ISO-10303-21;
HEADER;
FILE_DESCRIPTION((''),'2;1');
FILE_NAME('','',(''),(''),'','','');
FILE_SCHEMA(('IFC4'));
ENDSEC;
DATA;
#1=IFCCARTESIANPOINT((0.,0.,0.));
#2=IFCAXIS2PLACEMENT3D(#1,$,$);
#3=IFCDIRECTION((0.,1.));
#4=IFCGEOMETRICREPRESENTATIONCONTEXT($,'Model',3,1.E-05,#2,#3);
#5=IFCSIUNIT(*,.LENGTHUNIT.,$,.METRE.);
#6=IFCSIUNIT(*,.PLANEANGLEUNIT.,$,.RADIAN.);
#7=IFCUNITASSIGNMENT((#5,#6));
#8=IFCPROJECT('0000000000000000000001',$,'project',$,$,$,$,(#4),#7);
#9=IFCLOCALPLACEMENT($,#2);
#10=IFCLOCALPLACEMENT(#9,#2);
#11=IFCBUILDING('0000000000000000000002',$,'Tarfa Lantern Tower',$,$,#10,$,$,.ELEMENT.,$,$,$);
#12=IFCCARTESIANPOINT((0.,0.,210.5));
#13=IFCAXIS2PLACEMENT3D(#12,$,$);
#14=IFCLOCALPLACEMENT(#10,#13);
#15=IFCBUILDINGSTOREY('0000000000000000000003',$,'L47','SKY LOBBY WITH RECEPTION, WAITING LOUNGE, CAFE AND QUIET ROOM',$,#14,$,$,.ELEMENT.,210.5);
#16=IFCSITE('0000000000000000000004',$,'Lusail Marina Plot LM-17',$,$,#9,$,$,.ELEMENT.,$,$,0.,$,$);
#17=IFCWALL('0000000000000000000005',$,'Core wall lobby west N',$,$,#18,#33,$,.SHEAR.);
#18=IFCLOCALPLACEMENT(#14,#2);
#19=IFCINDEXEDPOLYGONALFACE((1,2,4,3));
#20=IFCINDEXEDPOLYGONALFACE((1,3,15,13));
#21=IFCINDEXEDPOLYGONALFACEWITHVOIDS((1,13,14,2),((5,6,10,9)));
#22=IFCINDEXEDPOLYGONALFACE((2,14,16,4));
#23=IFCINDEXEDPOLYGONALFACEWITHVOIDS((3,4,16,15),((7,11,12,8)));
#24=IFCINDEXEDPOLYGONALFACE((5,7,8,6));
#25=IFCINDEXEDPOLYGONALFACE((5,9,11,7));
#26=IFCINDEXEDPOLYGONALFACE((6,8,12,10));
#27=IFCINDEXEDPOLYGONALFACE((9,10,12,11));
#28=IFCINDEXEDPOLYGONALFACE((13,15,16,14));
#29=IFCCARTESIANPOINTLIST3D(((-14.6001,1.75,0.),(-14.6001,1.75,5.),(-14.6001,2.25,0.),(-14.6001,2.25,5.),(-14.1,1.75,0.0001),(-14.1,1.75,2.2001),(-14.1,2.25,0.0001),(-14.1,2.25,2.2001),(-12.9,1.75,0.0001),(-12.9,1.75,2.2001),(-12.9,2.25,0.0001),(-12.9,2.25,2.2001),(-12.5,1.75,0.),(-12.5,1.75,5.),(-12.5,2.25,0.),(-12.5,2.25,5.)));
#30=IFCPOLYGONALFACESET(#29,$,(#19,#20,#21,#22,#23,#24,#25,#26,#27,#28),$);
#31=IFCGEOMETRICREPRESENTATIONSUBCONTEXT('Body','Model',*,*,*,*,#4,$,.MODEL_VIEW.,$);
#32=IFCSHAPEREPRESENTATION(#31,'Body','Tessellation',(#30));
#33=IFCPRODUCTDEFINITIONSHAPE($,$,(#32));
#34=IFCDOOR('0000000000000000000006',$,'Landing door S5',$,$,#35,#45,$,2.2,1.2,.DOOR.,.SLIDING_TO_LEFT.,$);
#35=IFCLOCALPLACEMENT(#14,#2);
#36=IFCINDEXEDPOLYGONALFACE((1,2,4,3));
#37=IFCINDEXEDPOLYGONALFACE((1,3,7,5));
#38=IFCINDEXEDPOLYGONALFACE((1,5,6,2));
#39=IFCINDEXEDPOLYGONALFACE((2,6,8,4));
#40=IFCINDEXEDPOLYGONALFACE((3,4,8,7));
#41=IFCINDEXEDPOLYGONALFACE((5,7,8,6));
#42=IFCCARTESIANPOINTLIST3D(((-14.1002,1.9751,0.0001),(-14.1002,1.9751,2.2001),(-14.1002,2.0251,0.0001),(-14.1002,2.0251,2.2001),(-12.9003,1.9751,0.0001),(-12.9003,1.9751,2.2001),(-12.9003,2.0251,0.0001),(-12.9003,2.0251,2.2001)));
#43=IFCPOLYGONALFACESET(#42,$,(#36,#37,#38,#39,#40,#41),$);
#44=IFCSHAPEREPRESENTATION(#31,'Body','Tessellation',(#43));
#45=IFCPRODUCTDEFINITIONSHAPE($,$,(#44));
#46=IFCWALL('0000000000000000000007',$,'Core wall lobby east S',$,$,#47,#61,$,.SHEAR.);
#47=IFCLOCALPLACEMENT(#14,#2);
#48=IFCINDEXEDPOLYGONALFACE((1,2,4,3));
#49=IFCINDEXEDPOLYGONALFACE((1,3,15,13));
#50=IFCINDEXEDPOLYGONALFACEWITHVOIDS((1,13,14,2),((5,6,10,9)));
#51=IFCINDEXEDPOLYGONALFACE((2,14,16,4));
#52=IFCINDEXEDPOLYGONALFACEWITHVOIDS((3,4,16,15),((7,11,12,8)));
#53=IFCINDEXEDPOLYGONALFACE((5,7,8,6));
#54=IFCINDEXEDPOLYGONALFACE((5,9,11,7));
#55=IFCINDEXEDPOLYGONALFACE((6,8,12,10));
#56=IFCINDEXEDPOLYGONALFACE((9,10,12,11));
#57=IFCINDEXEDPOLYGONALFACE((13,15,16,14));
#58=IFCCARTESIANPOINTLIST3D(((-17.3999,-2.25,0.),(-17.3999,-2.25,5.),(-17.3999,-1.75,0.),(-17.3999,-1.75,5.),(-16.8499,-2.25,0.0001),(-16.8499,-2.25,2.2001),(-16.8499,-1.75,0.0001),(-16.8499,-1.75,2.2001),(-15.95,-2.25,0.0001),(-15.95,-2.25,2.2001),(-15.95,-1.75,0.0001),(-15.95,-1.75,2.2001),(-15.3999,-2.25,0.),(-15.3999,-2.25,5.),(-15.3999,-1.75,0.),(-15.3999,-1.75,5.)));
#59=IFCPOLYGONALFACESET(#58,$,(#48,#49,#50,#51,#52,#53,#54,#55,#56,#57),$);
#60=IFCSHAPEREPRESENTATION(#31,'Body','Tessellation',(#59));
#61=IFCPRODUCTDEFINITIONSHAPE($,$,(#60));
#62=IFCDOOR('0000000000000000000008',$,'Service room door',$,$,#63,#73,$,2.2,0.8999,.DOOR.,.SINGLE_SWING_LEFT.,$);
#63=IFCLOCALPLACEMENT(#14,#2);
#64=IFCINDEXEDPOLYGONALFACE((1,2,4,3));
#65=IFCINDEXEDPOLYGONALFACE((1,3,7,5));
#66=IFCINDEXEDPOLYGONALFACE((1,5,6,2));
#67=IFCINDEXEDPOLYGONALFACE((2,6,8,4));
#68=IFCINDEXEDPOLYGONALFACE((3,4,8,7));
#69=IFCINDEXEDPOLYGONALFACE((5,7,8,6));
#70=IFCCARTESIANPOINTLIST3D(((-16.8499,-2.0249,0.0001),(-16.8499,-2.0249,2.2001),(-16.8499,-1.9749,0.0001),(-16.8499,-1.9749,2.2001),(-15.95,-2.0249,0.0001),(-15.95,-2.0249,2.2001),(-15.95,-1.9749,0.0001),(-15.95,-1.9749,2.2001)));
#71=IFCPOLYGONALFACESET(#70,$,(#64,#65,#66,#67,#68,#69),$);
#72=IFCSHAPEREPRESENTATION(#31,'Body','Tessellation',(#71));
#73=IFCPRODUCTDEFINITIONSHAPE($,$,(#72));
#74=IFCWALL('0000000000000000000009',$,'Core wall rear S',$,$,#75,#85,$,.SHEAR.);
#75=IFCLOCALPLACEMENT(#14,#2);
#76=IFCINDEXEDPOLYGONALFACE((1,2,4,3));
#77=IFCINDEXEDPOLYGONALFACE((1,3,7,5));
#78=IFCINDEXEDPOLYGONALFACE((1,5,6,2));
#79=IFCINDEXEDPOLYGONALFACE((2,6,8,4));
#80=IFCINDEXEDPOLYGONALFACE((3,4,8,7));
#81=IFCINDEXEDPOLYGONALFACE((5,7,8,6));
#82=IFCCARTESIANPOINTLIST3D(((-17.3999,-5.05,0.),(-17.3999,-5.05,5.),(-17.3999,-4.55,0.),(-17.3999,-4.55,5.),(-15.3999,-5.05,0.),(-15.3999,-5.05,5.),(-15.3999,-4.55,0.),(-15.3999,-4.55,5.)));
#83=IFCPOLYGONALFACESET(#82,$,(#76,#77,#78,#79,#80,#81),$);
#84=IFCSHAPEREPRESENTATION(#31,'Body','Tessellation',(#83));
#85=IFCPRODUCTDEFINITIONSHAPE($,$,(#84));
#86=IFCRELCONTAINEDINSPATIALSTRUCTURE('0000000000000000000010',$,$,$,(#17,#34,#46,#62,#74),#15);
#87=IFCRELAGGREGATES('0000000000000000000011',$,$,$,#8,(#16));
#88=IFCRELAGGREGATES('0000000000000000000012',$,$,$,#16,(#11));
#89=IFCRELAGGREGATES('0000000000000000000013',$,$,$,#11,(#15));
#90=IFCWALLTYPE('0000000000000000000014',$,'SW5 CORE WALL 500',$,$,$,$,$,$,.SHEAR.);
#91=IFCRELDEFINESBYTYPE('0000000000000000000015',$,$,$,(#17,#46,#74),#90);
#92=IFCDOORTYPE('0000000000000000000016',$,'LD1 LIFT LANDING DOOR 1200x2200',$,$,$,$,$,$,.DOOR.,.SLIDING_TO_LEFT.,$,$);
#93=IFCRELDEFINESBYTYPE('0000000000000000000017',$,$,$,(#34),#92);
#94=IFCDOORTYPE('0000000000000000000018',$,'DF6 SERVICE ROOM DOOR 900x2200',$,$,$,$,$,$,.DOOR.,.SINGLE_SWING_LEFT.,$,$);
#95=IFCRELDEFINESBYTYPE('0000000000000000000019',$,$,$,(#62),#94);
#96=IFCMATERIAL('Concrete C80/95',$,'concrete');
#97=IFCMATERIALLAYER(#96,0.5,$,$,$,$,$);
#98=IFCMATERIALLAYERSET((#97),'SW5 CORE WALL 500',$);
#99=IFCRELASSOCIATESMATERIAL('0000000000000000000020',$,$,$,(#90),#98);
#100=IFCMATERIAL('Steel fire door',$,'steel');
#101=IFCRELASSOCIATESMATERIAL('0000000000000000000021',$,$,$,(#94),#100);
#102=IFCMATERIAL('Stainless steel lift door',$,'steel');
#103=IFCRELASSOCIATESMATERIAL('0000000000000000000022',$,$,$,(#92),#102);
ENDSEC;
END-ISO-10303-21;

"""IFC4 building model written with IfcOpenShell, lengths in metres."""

from ifc_helpers import new_model, si_unit, direction, frame, frame_2d, origin, place, context, subcontext, project, spatial, rectangle, extrude, material, layer, layer_set, type_object, element, fill, save


model = new_model("IFC4")

# Units and contexts
model_context = context("Model", 3, precision=1e-05, world=origin(), true_north=direction((0.0, 1.0)))
body_context = subcontext(model_context, "Body", "Model", "MODEL_VIEW")
ifc_project = project(units=[si_unit("LENGTHUNIT", "METRE"), si_unit("PLANEANGLEUNIT", "RADIAN")], contexts=[model_context])

# Site, building, storey
site_placement = place(None, origin())
site = spatial("IfcSite", under=ifc_project, at=site_placement, Name="Lusail Marina Plot LM-17", CompositionType="ELEMENT", RefElevation=0.0)
building_placement = place(site_placement, origin())
building = spatial("IfcBuilding", under=site, at=building_placement, Name="Tarfa Lantern Tower", CompositionType="ELEMENT")
storey_placement = place(building_placement, frame((0.0, 0.0, 210.5)))
storey = spatial("IfcBuildingStorey", under=building, at=storey_placement, Name="L47", Description="SKY LOBBY WITH RECEPTION, WAITING LOUNGE, CAFE AND QUIET ROOM", CompositionType="ELEMENT", Elevation=210.5)

# Walls, openings, doors
ifc_material_1 = material(Name="Concrete C80/95", Category="concrete")
ifc_material_2 = material(Name="Steel fire door", Category="steel")
ifc_layer_1 = layer(ifc_material_1, 0.5)
ifc_layer_set_1 = layer_set([ifc_layer_1], Name="SW5 CORE WALL 500")
wall_type_1 = type_object("IfcWallType", Name="SW5 CORE WALL 500", PredefinedType="SHEAR", material=ifc_layer_set_1)
door_type_1 = type_object("IfcDoorType", Name="DF6 SERVICE ROOM DOOR 900x2200", OperationType="SINGLE_SWING_LEFT", PredefinedType="DOOR", material=ifc_material_2)
wall_1_placement = place(storey_placement, frame((-14.6001, 2.0, 0.0), z_axis=(0.0, 0.0, 1.0), x_axis=(1.0, 0.0, 0.0)))
wall_1 = element("IfcWall", 1, at=wall_1_placement, inside=storey, type_object=wall_type_1, Name="Core wall lobby west N", PredefinedType="SHEAR", context=body_context, shape_type="SweptSolid", body=[
    extrude(rectangle(XDim=2.1001, YDim=0.5, at=frame_2d((1.05, 0.0))), origin(), (0.0, 0.0, 1.0), 5.0),
])
opening_1_placement = place(wall_1_placement, frame((0.5, 0.0, 0.0)))
opening_1 = element("IfcOpeningElement", 2, at=opening_1_placement, cuts=wall_1, PredefinedType="OPENING", context=body_context, shape_type="SweptSolid", body=[
    extrude(rectangle(XDim=1.2, YDim=2.2, at=frame_2d((0.6001, 1.1001))), frame((0.0, 0.26, 0.0), z_axis=(0.0, -1.0, 0.0), x_axis=(1.0, 0.0, 0.0)), (0.0, 0.0, 1.0), 0.52),
])
ifc_material_3 = material(Name="Stainless steel lift door", Category="steel")
door_type_2 = type_object("IfcDoorType", Name="LD1 LIFT LANDING DOOR 1200x2200", OperationType="SLIDING_TO_LEFT", PredefinedType="DOOR", material=ifc_material_3)
door_1_placement = place(opening_1_placement, frame((1.2, 0.0, 0.0), z_axis=(0.0, 0.0, 1.0), x_axis=(-1.0, 0.0, 0.0)))
door_1 = element("IfcDoor", 3, at=door_1_placement, inside=storey, type_object=door_type_2, Name="Landing door S5", OperationType="SLIDING_TO_LEFT", OverallHeight=2.2, OverallWidth=1.2, PredefinedType="DOOR", context=body_context, shape_type="SweptSolid", body=[
    extrude(rectangle(XDim=1.2, YDim=2.2, at=frame_2d((0.6001, 1.1001))), frame((0.0, 0.0249, 0.0), z_axis=(0.0, -1.0, 0.0), x_axis=(1.0, 0.0, 0.0)), (0.0, 0.0, 1.0), 0.05),
])
fill(opening_1, door_1)
wall_2_placement = place(storey_placement, frame((-15.3999, -2.0, 0.0), z_axis=(0.0, 0.0, 1.0), x_axis=(-1.0, 0.0, 0.0)))
wall_2 = element("IfcWall", 4, at=wall_2_placement, inside=storey, type_object=wall_type_1, Name="Core wall lobby east S", PredefinedType="SHEAR", context=body_context, shape_type="SweptSolid", body=[
    extrude(rectangle(XDim=2.0, YDim=0.5, at=frame_2d((1.0, 0.0))), origin(), (0.0, 0.0, 1.0), 5.0),
])
opening_2_placement = place(wall_2_placement, frame((0.55, 0.0, 0.0)))
opening_2 = element("IfcOpeningElement", 5, at=opening_2_placement, cuts=wall_2, PredefinedType="OPENING", context=body_context, shape_type="SweptSolid", body=[
    extrude(rectangle(XDim=0.8999, YDim=2.2, at=frame_2d((0.45, 1.1001))), frame((0.0, 0.26, 0.0), z_axis=(0.0, -1.0, 0.0), x_axis=(1.0, 0.0, 0.0)), (0.0, 0.0, 1.0), 0.52),
])
door_2_placement = place(opening_2_placement, origin())
door_2 = element("IfcDoor", 6, at=door_2_placement, inside=storey, type_object=door_type_1, Name="Service room door", OperationType="SINGLE_SWING_LEFT", OverallHeight=2.2, OverallWidth=0.8999, PredefinedType="DOOR", context=body_context, shape_type="SweptSolid", body=[
    extrude(rectangle(XDim=0.8999, YDim=2.2, at=frame_2d((0.45, 1.1001))), frame((0.0, 0.0249, 0.0), z_axis=(0.0, -1.0, 0.0), x_axis=(1.0, 0.0, 0.0)), (0.0, 0.0, 1.0), 0.05),
])
fill(opening_2, door_2)

# Wall
wall_3_placement = place(storey_placement, frame((-15.3999, -4.8, 0.0), z_axis=(0.0, 0.0, 1.0), x_axis=(-1.0, 0.0, 0.0)))
element("IfcWall", 7, at=wall_3_placement, inside=storey, type_object=wall_type_1, Name="Core wall rear S", PredefinedType="SHEAR", context=body_context, shape_type="SweptSolid", body=[
    extrude(rectangle(XDim=2.0, YDim=0.5, at=frame_2d((1.0, 0.0))), origin(), (0.0, 0.0, 1.0), 5.0),
])

save(model, "model.ifc")
